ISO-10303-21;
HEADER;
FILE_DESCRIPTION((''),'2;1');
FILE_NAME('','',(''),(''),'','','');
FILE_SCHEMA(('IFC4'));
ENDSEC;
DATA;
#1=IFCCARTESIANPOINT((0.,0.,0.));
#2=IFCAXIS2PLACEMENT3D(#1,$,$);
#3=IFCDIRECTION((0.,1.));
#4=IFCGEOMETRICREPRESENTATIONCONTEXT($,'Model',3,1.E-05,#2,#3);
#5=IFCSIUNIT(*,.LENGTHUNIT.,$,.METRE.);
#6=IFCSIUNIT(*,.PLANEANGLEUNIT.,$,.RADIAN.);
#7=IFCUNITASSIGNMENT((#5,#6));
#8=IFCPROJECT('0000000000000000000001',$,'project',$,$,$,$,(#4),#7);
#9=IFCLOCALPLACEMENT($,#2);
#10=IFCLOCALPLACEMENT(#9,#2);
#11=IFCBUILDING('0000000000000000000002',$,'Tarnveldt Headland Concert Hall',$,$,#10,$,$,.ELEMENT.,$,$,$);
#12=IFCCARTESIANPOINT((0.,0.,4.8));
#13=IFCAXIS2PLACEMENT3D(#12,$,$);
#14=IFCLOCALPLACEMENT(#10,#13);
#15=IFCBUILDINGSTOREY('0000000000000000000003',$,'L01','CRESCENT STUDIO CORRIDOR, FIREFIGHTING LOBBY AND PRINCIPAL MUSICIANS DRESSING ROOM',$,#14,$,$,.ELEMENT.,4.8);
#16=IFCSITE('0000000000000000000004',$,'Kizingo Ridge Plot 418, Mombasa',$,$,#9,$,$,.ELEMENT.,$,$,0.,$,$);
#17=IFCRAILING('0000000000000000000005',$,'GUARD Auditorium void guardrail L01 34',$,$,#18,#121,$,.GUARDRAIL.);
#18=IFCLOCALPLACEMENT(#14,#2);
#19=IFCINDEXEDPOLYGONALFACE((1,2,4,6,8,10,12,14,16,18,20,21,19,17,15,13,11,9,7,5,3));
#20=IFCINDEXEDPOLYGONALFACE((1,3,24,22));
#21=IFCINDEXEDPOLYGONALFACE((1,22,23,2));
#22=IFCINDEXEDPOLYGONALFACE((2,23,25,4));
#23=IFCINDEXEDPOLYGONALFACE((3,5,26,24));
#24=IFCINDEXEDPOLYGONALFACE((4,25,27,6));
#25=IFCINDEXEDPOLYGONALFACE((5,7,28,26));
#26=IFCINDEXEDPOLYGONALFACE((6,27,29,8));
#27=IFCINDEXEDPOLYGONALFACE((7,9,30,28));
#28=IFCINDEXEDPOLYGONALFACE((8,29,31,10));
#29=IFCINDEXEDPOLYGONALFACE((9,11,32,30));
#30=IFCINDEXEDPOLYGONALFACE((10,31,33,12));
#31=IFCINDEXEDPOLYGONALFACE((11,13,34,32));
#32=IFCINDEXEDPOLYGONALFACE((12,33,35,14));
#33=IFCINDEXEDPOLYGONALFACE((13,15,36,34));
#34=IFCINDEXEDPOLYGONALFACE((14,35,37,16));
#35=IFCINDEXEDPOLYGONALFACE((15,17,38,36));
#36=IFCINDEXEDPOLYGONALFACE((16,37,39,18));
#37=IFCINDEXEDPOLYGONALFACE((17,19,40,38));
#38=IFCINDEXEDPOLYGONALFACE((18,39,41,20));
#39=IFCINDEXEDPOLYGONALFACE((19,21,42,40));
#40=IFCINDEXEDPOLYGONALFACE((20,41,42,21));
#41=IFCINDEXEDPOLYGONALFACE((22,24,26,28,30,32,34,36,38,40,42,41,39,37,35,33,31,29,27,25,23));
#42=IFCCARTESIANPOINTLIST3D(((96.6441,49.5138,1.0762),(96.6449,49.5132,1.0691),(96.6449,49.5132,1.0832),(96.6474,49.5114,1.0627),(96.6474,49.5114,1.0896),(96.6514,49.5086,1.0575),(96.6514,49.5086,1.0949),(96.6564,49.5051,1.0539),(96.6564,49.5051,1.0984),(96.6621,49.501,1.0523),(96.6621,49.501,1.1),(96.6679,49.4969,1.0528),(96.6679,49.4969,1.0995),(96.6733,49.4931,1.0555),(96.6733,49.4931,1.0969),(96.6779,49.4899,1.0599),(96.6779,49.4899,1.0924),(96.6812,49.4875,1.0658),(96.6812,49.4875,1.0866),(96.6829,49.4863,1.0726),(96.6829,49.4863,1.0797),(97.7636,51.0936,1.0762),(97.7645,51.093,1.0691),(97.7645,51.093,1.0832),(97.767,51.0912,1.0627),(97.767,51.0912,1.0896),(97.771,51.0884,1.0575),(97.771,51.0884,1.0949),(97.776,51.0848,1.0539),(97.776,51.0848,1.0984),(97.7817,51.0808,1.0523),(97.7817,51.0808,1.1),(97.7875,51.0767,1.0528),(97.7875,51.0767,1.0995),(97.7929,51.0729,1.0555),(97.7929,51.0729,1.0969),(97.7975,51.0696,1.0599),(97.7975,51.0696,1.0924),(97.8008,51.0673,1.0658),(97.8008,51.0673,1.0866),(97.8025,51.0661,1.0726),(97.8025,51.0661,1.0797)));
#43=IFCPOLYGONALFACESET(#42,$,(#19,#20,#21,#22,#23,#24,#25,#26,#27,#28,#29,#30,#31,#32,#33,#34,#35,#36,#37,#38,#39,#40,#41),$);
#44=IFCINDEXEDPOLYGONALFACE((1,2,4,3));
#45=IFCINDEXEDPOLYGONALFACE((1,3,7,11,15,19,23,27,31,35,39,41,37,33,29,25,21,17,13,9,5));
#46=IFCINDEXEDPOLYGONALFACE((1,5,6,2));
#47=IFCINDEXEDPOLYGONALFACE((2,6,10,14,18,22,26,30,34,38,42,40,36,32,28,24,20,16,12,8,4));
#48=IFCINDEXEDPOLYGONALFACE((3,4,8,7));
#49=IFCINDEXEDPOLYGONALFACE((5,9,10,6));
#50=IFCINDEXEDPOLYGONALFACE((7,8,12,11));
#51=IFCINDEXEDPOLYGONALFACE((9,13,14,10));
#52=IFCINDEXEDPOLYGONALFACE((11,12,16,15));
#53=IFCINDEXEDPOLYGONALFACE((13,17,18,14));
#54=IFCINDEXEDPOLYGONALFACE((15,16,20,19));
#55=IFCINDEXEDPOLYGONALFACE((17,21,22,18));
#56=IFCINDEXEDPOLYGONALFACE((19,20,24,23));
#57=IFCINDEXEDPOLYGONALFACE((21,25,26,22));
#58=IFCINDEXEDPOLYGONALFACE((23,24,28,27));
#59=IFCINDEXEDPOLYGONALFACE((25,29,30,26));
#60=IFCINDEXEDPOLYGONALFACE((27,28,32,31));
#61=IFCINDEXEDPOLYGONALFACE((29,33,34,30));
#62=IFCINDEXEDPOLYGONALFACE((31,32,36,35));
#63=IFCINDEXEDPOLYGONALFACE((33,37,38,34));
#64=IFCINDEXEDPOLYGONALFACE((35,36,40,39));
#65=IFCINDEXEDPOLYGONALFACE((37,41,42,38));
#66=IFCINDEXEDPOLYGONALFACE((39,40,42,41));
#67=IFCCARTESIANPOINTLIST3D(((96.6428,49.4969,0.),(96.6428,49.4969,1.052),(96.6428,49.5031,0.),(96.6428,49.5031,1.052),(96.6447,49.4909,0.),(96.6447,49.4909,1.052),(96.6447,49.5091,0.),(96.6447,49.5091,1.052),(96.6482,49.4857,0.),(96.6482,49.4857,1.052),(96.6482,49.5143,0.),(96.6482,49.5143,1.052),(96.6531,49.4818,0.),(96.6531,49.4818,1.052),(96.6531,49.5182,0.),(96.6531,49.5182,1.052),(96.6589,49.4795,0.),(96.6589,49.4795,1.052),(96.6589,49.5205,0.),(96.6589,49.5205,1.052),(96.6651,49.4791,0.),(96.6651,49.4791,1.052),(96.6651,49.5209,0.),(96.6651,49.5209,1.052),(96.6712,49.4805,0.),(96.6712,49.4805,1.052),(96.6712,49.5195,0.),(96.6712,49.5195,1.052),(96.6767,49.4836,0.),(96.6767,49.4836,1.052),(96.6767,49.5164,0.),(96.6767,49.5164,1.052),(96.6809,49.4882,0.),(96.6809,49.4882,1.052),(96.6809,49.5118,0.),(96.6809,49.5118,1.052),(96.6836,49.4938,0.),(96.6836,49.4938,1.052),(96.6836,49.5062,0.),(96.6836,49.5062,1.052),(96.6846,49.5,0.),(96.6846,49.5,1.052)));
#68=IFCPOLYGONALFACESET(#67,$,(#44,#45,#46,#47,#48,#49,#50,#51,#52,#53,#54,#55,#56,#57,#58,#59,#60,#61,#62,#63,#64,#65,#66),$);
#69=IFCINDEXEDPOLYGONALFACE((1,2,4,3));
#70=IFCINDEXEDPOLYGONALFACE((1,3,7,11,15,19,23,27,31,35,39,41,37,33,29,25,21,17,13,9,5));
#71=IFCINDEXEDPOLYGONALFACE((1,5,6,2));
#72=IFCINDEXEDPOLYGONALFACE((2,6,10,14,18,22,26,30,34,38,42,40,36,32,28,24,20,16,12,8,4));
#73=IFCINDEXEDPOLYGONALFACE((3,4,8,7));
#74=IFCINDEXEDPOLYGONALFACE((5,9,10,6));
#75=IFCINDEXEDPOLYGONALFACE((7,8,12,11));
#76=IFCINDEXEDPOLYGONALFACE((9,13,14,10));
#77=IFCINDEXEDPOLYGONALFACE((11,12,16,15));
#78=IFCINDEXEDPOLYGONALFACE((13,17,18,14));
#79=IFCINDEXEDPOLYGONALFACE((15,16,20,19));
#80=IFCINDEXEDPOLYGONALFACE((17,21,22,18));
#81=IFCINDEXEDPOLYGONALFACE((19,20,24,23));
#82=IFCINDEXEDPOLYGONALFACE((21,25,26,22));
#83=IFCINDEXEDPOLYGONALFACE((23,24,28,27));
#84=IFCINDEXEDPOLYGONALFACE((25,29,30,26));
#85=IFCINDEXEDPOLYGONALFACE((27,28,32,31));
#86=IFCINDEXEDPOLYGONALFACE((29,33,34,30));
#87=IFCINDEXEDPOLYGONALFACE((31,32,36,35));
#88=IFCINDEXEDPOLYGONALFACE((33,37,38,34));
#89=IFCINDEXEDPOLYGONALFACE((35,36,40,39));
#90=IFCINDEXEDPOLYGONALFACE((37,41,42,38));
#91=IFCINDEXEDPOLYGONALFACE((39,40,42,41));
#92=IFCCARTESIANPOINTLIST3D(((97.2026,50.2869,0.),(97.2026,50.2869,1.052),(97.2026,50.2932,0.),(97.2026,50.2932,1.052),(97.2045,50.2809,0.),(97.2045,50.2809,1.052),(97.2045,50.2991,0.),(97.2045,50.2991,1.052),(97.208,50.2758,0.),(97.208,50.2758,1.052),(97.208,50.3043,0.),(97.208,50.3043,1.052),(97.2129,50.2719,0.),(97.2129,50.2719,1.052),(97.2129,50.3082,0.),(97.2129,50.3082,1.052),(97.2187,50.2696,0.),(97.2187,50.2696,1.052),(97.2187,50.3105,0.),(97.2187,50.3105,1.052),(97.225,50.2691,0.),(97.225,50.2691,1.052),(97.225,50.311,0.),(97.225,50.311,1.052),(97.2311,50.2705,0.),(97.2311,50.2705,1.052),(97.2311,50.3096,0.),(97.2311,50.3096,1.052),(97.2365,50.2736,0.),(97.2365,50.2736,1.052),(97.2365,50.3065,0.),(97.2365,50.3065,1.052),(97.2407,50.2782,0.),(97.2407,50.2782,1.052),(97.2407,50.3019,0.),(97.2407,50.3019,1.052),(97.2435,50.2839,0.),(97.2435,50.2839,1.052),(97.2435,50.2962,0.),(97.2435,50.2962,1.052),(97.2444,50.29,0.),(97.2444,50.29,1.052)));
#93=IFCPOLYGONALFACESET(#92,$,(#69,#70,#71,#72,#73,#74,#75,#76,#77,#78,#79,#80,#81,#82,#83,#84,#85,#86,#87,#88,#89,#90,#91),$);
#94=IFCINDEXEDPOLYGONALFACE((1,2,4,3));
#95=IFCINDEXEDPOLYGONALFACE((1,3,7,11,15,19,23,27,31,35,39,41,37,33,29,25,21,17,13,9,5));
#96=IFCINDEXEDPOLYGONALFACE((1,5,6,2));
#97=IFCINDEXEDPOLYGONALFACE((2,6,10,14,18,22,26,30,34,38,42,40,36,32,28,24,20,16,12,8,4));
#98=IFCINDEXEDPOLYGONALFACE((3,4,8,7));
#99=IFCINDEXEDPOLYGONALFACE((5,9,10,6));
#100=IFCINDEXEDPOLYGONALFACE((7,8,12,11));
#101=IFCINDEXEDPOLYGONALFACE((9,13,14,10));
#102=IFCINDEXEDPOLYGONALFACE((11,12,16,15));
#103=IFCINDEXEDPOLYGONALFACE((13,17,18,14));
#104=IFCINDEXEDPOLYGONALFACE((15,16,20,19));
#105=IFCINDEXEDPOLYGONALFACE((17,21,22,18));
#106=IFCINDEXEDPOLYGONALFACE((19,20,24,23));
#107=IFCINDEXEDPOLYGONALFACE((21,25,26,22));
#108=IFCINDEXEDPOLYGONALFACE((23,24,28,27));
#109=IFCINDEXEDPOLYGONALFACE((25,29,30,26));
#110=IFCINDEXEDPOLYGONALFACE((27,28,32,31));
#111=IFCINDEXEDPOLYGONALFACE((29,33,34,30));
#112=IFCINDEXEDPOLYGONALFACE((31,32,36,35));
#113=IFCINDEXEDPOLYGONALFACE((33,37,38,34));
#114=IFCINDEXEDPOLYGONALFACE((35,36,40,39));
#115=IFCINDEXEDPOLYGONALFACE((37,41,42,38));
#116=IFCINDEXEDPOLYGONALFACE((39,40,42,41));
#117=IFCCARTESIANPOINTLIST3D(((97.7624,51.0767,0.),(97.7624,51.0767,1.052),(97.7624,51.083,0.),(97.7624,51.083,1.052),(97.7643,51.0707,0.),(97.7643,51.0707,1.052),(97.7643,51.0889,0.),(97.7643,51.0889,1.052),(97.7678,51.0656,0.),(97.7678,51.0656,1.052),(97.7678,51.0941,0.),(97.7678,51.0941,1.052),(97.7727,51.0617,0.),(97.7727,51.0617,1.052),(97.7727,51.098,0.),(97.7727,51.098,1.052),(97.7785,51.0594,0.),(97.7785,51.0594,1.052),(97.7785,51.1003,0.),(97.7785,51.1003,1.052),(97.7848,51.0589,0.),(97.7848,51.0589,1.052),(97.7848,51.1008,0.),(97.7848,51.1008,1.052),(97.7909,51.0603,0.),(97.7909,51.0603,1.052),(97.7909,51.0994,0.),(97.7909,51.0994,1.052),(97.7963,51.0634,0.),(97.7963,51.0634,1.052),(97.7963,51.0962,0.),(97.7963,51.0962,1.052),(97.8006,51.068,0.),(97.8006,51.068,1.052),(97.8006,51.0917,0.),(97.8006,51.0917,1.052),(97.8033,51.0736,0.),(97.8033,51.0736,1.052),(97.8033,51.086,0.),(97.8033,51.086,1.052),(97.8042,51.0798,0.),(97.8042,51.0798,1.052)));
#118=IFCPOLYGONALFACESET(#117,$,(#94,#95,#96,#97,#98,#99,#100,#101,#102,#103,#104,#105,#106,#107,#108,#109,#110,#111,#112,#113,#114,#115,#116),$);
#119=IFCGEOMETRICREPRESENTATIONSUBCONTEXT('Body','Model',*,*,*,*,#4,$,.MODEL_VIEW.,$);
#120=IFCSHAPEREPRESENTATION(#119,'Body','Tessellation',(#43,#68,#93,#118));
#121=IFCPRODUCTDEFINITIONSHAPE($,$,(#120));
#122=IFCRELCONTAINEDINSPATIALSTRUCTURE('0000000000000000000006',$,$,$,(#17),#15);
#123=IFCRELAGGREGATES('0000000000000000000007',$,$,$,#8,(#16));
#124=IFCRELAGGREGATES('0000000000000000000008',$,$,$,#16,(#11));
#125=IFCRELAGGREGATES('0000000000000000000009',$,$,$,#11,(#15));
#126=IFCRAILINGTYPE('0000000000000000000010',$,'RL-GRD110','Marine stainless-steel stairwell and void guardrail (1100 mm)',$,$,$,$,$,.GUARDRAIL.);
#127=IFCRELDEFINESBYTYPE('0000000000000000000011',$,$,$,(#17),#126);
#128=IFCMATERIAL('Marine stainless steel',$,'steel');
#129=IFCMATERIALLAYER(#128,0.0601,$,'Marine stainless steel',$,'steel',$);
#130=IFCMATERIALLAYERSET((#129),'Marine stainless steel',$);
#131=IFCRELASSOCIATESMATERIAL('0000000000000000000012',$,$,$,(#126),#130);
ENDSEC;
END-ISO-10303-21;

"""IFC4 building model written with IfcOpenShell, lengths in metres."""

from ifc_helpers import new_model, si_unit, direction, frame, origin, origin_2d, place, context, subcontext, project, spatial, circle, extrude, material, layer, layer_set, type_object, element, save


model = new_model("IFC4")

# Units and contexts
model_context = context("Model", 3, precision=1e-05, world=origin(), true_north=direction((0.0, 1.0)))
body_context = subcontext(model_context, "Body", "Model", "MODEL_VIEW")
ifc_project = project(units=[si_unit("LENGTHUNIT", "METRE"), si_unit("PLANEANGLEUNIT", "RADIAN")], contexts=[model_context])

# Site, building, storey
site_placement = place(None, origin())
site = spatial("IfcSite", under=ifc_project, at=site_placement, Name="Kizingo Ridge Plot 418, Mombasa", CompositionType="ELEMENT", RefElevation=0.0)
building_placement = place(site_placement, origin())
building = spatial("IfcBuilding", under=site, at=building_placement, Name="Tarnveldt Headland Concert Hall", CompositionType="ELEMENT")
storey_placement = place(building_placement, frame((0.0, 0.0, 4.8)))
storey = spatial("IfcBuildingStorey", under=building, at=storey_placement, Name="L01", Description="CRESCENT STUDIO CORRIDOR, FIREFIGHTING LOBBY AND PRINCIPAL MUSICIANS DRESSING ROOM", CompositionType="ELEMENT", Elevation=4.8)

# Railing
ifc_material_1 = material(Name="Marine stainless steel", Category="steel")
ifc_layer_1 = layer(ifc_material_1, 0.0601, Name="Marine stainless steel", Category="steel")
ifc_layer_set_1 = layer_set([ifc_layer_1], Name="Marine stainless steel")
railing_type_1 = type_object("IfcRailingType", Name="RL-GRD110", Description="Marine stainless-steel stairwell and void guardrail (1100 mm)", PredefinedType="GUARDRAIL", material=ifc_layer_set_1)
railing_1_placement = place(storey_placement, frame((96.6636, 49.5, 0.0)))
element("IfcRailing", 1, at=railing_1_placement, inside=storey, type_object=railing_type_1, Name="GUARD Auditorium void guardrail L01 34", PredefinedType="GUARDRAIL", context=body_context, shape_type="SweptSolid", body=[
    extrude(circle(Radius=0.0239, at=origin_2d()), frame((0.0, 0.0, 1.0762), z_axis=(0.578217, 0.815883, 0.0), x_axis=(-0.815883, 0.578217, 0.0)), (0.0, 0.0, 1.0), 1.9363),
    extrude(circle(Radius=0.021, at=origin_2d()), origin(), (0.0, 0.0, 1.0), 1.052),
    extrude(circle(Radius=0.021, at=origin_2d()), frame((0.5598, 0.79, 0.0)), (0.0, 0.0, 1.0), 1.052),
    extrude(circle(Radius=0.021, at=origin_2d()), frame((1.1196, 1.5798, 0.0)), (0.0, 0.0, 1.0), 1.052),
])

save(model, "model.ifc")
